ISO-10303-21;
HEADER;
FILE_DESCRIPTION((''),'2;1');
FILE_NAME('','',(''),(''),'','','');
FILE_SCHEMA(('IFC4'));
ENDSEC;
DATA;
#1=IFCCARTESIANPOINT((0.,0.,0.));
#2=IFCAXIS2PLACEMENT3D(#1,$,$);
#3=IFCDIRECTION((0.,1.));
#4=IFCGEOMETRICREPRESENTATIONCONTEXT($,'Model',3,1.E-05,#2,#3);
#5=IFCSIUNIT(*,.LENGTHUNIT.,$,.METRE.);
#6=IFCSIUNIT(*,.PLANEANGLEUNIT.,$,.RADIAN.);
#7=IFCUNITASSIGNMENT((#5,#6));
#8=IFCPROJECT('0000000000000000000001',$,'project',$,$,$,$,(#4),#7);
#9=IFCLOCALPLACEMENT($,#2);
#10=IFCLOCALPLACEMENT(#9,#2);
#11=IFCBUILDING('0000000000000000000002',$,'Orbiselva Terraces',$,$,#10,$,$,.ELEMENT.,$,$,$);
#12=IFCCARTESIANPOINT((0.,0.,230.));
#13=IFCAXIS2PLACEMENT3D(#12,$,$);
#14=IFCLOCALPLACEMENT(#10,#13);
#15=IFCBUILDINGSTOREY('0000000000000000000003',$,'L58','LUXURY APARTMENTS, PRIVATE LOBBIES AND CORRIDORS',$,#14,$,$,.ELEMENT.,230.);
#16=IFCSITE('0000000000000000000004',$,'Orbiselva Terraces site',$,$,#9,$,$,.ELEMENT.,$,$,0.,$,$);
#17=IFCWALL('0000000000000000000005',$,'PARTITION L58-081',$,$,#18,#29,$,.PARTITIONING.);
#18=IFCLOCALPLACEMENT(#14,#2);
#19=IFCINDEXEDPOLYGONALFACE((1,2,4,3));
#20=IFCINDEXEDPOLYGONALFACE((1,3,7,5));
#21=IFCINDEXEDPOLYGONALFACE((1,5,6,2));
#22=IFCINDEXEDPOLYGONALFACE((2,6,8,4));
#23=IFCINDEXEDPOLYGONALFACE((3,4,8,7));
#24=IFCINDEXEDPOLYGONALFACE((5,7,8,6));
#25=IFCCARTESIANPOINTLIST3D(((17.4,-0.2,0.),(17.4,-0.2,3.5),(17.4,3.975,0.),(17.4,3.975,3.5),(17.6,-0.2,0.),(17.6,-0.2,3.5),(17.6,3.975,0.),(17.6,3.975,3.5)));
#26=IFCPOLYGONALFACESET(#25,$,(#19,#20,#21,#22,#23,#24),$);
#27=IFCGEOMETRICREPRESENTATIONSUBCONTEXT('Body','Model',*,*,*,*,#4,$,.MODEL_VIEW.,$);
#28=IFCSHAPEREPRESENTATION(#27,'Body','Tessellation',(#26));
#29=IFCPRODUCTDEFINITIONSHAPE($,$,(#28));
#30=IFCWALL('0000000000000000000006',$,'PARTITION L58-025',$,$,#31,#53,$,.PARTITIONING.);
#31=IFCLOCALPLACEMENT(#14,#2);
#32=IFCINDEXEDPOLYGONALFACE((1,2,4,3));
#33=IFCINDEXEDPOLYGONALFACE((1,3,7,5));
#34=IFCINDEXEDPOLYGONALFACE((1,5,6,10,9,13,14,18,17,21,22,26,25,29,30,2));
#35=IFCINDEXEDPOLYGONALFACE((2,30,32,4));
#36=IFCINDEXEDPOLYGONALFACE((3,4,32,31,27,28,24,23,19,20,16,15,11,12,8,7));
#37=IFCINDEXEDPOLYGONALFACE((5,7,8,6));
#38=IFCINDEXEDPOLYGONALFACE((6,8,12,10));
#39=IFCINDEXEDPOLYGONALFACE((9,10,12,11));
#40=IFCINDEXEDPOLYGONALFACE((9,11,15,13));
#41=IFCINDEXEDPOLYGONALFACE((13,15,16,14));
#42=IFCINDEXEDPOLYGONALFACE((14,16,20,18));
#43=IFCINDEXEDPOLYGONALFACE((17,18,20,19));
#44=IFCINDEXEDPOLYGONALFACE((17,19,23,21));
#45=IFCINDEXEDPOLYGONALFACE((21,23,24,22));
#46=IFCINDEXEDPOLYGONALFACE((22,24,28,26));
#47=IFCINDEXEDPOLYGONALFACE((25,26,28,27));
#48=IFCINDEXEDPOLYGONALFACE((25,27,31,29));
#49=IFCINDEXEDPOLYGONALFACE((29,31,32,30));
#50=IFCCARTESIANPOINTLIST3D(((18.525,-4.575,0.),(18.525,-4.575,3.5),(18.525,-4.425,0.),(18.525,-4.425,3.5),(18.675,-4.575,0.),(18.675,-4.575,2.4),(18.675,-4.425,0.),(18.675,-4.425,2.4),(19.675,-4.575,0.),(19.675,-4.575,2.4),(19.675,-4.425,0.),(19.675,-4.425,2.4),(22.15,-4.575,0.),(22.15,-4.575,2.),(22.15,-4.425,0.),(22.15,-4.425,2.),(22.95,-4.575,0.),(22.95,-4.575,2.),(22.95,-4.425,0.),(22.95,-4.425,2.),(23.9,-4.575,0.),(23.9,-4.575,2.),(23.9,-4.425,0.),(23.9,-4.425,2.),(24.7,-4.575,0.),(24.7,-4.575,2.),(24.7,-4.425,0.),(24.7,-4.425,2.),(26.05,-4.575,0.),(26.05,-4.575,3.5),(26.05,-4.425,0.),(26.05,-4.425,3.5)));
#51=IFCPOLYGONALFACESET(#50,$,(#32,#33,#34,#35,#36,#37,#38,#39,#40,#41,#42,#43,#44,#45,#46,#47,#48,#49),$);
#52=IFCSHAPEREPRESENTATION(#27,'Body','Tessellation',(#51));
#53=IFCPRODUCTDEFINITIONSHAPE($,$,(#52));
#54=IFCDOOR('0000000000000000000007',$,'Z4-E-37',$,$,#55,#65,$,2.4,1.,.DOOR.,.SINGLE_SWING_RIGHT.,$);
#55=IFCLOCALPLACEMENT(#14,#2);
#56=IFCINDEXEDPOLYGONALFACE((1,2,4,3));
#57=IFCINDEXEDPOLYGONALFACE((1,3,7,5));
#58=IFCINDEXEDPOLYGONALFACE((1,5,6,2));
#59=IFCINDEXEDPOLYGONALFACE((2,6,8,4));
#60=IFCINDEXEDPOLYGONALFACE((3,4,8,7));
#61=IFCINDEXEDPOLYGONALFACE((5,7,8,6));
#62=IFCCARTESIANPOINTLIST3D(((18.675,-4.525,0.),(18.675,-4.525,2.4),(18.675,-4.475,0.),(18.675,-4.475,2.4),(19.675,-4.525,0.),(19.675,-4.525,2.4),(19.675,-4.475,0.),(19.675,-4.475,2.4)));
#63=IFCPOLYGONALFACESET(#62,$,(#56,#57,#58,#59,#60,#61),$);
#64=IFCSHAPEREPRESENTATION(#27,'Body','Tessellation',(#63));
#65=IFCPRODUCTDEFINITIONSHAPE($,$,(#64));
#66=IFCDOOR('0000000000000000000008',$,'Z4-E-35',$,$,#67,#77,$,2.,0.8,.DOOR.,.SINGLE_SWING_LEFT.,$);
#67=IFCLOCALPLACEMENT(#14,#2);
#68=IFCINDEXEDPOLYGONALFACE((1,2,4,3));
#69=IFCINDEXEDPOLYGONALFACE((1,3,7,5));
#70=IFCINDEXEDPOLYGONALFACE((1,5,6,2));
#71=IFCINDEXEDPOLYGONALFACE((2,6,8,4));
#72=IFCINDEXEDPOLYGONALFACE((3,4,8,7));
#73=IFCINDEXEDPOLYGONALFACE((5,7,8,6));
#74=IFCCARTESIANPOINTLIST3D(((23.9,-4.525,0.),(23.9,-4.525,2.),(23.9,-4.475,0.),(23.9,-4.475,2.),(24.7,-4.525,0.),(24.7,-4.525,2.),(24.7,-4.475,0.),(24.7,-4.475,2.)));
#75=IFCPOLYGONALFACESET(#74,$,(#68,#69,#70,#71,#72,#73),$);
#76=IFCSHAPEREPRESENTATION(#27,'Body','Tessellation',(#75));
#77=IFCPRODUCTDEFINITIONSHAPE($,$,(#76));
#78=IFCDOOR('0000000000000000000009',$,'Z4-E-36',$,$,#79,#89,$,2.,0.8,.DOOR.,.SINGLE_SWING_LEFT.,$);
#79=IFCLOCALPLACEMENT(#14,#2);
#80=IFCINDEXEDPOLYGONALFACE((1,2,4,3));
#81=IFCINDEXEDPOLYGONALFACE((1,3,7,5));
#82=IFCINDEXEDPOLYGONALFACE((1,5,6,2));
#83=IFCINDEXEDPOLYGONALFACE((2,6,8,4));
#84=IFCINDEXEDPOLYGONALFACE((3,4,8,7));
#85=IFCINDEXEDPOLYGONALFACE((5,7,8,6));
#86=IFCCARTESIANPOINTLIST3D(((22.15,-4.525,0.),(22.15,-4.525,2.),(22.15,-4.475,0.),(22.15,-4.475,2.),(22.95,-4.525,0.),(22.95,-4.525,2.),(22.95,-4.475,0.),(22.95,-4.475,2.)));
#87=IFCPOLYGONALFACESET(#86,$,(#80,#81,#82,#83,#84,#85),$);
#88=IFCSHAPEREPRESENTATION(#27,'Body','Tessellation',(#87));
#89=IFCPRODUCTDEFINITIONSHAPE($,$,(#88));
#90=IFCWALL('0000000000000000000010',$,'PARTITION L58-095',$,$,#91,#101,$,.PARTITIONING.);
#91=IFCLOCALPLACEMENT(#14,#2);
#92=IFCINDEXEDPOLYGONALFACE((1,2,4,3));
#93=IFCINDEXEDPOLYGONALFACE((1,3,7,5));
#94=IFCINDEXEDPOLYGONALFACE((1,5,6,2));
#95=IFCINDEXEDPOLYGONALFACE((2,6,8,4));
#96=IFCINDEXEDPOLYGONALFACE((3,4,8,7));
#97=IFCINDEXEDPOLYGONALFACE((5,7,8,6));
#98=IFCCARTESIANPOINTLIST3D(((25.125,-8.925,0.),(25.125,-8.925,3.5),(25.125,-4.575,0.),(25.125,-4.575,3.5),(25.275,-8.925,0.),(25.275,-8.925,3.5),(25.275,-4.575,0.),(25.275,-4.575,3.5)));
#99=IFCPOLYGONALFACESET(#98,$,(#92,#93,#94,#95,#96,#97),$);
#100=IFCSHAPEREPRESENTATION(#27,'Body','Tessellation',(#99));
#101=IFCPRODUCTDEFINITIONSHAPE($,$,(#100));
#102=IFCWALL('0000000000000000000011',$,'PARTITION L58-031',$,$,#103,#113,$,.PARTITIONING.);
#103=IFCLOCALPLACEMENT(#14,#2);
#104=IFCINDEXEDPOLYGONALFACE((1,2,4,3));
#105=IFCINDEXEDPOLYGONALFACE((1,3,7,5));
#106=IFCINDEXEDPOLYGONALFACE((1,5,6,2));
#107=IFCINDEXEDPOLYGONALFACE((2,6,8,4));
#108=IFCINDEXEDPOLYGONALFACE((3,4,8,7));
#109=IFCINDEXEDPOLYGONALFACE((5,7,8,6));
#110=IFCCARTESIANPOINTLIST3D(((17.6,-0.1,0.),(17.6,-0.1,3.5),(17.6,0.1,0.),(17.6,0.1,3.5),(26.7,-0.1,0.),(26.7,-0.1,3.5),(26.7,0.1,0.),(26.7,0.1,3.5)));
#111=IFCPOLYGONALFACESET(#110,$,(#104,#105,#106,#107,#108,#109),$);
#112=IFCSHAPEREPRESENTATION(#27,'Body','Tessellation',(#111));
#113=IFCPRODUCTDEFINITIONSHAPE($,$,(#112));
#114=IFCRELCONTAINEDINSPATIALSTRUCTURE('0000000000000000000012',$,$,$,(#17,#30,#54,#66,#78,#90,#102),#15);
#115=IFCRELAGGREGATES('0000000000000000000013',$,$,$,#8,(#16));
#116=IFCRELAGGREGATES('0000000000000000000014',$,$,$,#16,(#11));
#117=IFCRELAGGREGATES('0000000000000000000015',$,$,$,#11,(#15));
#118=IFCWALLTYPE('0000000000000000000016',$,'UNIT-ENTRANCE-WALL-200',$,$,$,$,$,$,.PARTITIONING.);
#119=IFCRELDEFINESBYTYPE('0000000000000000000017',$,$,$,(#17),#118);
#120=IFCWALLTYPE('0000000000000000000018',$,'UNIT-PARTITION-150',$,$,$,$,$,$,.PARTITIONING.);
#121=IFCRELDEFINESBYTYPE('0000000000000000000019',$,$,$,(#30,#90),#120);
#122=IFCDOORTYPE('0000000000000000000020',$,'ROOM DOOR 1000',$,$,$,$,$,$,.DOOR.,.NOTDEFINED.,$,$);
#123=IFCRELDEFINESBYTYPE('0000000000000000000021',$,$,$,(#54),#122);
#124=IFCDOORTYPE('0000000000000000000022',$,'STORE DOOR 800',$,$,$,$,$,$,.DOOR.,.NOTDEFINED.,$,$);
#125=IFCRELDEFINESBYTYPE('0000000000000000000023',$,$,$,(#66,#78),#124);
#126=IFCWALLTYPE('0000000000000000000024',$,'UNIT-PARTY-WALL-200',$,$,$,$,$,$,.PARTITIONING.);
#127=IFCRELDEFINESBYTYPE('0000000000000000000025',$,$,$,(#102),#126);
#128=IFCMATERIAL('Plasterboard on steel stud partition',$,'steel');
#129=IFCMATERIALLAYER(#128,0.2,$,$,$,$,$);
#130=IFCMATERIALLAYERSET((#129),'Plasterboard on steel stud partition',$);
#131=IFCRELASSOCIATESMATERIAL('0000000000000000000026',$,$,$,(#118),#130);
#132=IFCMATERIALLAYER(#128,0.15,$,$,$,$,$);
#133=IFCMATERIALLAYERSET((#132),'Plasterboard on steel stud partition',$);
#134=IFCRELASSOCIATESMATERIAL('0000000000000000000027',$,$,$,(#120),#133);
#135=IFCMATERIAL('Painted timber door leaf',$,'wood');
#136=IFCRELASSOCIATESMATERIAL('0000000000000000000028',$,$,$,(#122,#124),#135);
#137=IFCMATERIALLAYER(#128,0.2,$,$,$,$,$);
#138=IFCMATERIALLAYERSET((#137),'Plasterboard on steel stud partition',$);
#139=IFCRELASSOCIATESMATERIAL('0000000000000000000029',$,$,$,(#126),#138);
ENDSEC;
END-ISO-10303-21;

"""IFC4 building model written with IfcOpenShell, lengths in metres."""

from ifc_helpers import new_model, si_unit, direction, frame, frame_2d, origin, place, context, subcontext, project, spatial, rectangle, extrude, material, layer, layer_set, type_object, element, fill, save


model = new_model("IFC4")

# Units and contexts
model_context = context("Model", 3, precision=1e-05, world=origin(), true_north=direction((0.0, 1.0)))
body_context = subcontext(model_context, "Body", "Model", "MODEL_VIEW")
ifc_project = project(units=[si_unit("LENGTHUNIT", "METRE"), si_unit("PLANEANGLEUNIT", "RADIAN")], contexts=[model_context])

# Site, building, storey
site_placement = place(None, origin())
site = spatial("IfcSite", under=ifc_project, at=site_placement, Name="Orbiselva Terraces site", CompositionType="ELEMENT", RefElevation=0.0)
building_placement = place(site_placement, origin())
building = spatial("IfcBuilding", under=site, at=building_placement, Name="Orbiselva Terraces", CompositionType="ELEMENT")
storey_placement = place(building_placement, frame((0.0, 0.0, 230.0)))
storey = spatial("IfcBuildingStorey", under=building, at=storey_placement, Name="L58", Description="LUXURY APARTMENTS, PRIVATE LOBBIES AND CORRIDORS", CompositionType="ELEMENT", Elevation=230.0)

# Shared definitions
ifc_material_1 = material(Name="Plasterboard on steel stud partition", Category="steel")
ifc_layer_1 = layer(ifc_material_1, 0.2)
ifc_layer_set_1 = layer_set([ifc_layer_1], Name="Plasterboard on steel stud partition")
wall_type_1 = type_object("IfcWallType", Name="UNIT-ENTRANCE-WALL-200", PredefinedType="PARTITIONING", material=ifc_layer_set_1)
ifc_material_2 = material(Name="Painted timber door leaf", Category="wood")

# Wall
wall_1_placement = place(storey_placement, frame((17.5, -0.2, 0.0), z_axis=(0.0, 0.0, 1.0), x_axis=(0.0, 1.0, 0.0)))
element("IfcWall", 1, at=wall_1_placement, inside=storey, type_object=wall_type_1, Name="PARTITION L58-081", PredefinedType="PARTITIONING", context=body_context, shape_type="SweptSolid", body=[
    extrude(rectangle(XDim=4.175, YDim=0.2, at=frame_2d((2.0875, 0.0))), origin(), (0.0, 0.0, 1.0), 3.5),
])

# Wall, openings, doors
ifc_layer_2 = layer(ifc_material_1, 0.15)
ifc_layer_set_2 = layer_set([ifc_layer_2], Name="Plasterboard on steel stud partition")
wall_type_2 = type_object("IfcWallType", Name="UNIT-PARTITION-150", PredefinedType="PARTITIONING", material=ifc_layer_set_2)
wall_2_placement = place(storey_placement, frame((26.05, -4.5, 0.0), z_axis=(0.0, 0.0, 1.0), x_axis=(-1.0, 0.0, 0.0)))
wall_2 = element("IfcWall", 2, at=wall_2_placement, inside=storey, type_object=wall_type_2, Name="PARTITION L58-025", PredefinedType="PARTITIONING", context=body_context, shape_type="SweptSolid", body=[
    extrude(rectangle(XDim=7.525, YDim=0.15, at=frame_2d((3.7625, 0.0))), origin(), (0.0, 0.0, 1.0), 3.5),
])
opening_1_placement = place(wall_2_placement, frame((1.35, 0.0, 0.0)))
opening_1 = element("IfcOpeningElement", 3, at=opening_1_placement, cuts=wall_2, PredefinedType="OPENING", context=body_context, shape_type="SweptSolid", body=[
    extrude(rectangle(XDim=0.8, YDim=2.0, at=frame_2d((0.4, 1.0))), frame((0.0, 0.085, 0.0), z_axis=(0.0, -1.0, 0.0), x_axis=(1.0, 0.0, 0.0)), (0.0, 0.0, 1.0), 0.17),
])
opening_2_placement = place(wall_2_placement, frame((3.1, 0.0, 0.0)))
opening_2 = element("IfcOpeningElement", 4, at=opening_2_placement, cuts=wall_2, PredefinedType="OPENING", context=body_context, shape_type="SweptSolid", body=[
    extrude(rectangle(XDim=0.8, YDim=2.0, at=frame_2d((0.4, 1.0))), frame((0.0, 0.085, 0.0), z_axis=(0.0, -1.0, 0.0), x_axis=(1.0, 0.0, 0.0)), (0.0, 0.0, 1.0), 0.17),
])
opening_3_placement = place(wall_2_placement, frame((6.375, 0.0, 0.0)))
opening_3 = element("IfcOpeningElement", 5, at=opening_3_placement, cuts=wall_2, PredefinedType="OPENING", context=body_context, shape_type="SweptSolid", body=[
    extrude(rectangle(XDim=1.0, YDim=2.4, at=frame_2d((0.5, 1.2))), frame((0.0, 0.085, 0.0), z_axis=(0.0, -1.0, 0.0), x_axis=(1.0, 0.0, 0.0)), (0.0, 0.0, 1.0), 0.17),
])
door_type_1 = type_object("IfcDoorType", Name="ROOM DOOR 1000", OperationType="NOTDEFINED", PredefinedType="DOOR", material=ifc_material_2)
door_1_placement = place(opening_3_placement, origin())
door_1 = element("IfcDoor", 6, at=door_1_placement, inside=storey, type_object=door_type_1, Name="Z4-E-37", OperationType="SINGLE_SWING_RIGHT", OverallHeight=2.4, OverallWidth=1.0, PredefinedType="DOOR", context=body_context, shape_type="SweptSolid", body=[
    extrude(rectangle(XDim=1.0, YDim=2.4, at=frame_2d((0.5, 1.2))), frame((0.0, 0.025, 0.0), z_axis=(0.0, -1.0, 0.0), x_axis=(1.0, 0.0, 0.0)), (0.0, 0.0, 1.0), 0.05),
])
fill(opening_3, door_1)
door_type_2 = type_object("IfcDoorType", Name="STORE DOOR 800", OperationType="NOTDEFINED", PredefinedType="DOOR", material=ifc_material_2)
door_2_placement = place(opening_1_placement, origin())
door_2 = element("IfcDoor", 7, at=door_2_placement, inside=storey, type_object=door_type_2, Name="Z4-E-35", OperationType="SINGLE_SWING_LEFT", OverallHeight=2.0, OverallWidth=0.8, PredefinedType="DOOR", context=body_context, shape_type="SweptSolid", body=[
    extrude(rectangle(XDim=0.8, YDim=2.0, at=frame_2d((0.4, 1.0))), frame((0.0, 0.025, 0.0), z_axis=(0.0, -1.0, 0.0), x_axis=(1.0, 0.0, 0.0)), (0.0, 0.0, 1.0), 0.05),
])
fill(opening_1, door_2)
door_3_placement = place(opening_2_placement, origin())
door_3 = element("IfcDoor", 8, at=door_3_placement, inside=storey, type_object=door_type_2, Name="Z4-E-36", OperationType="SINGLE_SWING_LEFT", OverallHeight=2.0, OverallWidth=0.8, PredefinedType="DOOR", context=body_context, shape_type="SweptSolid", body=[
    extrude(rectangle(XDim=0.8, YDim=2.0, at=frame_2d((0.4, 1.0))), frame((0.0, 0.025, 0.0), z_axis=(0.0, -1.0, 0.0), x_axis=(1.0, 0.0, 0.0)), (0.0, 0.0, 1.0), 0.05),
])
fill(opening_2, door_3)

# Walls
wall_3_placement = place(storey_placement, frame((25.2, -8.925, 0.0), z_axis=(0.0, 0.0, 1.0), x_axis=(0.0, 1.0, 0.0)))
element("IfcWall", 9, at=wall_3_placement, inside=storey, type_object=wall_type_2, Name="PARTITION L58-095", PredefinedType="PARTITIONING", context=body_context, shape_type="SweptSolid", body=[
    extrude(rectangle(XDim=4.35, YDim=0.15, at=frame_2d((2.175, 0.0))), origin(), (0.0, 0.0, 1.0), 3.5),
])
ifc_layer_3 = layer(ifc_material_1, 0.2)
ifc_layer_set_3 = layer_set([ifc_layer_3], Name="Plasterboard on steel stud partition")
wall_type_3 = type_object("IfcWallType", Name="UNIT-PARTY-WALL-200", PredefinedType="PARTITIONING", material=ifc_layer_set_3)
wall_4_placement = place(storey_placement, frame((17.6, 0.0, 0.0), z_axis=(0.0, 0.0, 1.0), x_axis=(1.0, 0.0, 0.0)))
element("IfcWall", 10, at=wall_4_placement, inside=storey, type_object=wall_type_3, Name="PARTITION L58-031", PredefinedType="PARTITIONING", context=body_context, shape_type="SweptSolid", body=[
    extrude(rectangle(XDim=9.1, YDim=0.2, at=frame_2d((4.55, 0.0))), origin(), (0.0, 0.0, 1.0), 3.5),
])

save(model, "model.ifc")
